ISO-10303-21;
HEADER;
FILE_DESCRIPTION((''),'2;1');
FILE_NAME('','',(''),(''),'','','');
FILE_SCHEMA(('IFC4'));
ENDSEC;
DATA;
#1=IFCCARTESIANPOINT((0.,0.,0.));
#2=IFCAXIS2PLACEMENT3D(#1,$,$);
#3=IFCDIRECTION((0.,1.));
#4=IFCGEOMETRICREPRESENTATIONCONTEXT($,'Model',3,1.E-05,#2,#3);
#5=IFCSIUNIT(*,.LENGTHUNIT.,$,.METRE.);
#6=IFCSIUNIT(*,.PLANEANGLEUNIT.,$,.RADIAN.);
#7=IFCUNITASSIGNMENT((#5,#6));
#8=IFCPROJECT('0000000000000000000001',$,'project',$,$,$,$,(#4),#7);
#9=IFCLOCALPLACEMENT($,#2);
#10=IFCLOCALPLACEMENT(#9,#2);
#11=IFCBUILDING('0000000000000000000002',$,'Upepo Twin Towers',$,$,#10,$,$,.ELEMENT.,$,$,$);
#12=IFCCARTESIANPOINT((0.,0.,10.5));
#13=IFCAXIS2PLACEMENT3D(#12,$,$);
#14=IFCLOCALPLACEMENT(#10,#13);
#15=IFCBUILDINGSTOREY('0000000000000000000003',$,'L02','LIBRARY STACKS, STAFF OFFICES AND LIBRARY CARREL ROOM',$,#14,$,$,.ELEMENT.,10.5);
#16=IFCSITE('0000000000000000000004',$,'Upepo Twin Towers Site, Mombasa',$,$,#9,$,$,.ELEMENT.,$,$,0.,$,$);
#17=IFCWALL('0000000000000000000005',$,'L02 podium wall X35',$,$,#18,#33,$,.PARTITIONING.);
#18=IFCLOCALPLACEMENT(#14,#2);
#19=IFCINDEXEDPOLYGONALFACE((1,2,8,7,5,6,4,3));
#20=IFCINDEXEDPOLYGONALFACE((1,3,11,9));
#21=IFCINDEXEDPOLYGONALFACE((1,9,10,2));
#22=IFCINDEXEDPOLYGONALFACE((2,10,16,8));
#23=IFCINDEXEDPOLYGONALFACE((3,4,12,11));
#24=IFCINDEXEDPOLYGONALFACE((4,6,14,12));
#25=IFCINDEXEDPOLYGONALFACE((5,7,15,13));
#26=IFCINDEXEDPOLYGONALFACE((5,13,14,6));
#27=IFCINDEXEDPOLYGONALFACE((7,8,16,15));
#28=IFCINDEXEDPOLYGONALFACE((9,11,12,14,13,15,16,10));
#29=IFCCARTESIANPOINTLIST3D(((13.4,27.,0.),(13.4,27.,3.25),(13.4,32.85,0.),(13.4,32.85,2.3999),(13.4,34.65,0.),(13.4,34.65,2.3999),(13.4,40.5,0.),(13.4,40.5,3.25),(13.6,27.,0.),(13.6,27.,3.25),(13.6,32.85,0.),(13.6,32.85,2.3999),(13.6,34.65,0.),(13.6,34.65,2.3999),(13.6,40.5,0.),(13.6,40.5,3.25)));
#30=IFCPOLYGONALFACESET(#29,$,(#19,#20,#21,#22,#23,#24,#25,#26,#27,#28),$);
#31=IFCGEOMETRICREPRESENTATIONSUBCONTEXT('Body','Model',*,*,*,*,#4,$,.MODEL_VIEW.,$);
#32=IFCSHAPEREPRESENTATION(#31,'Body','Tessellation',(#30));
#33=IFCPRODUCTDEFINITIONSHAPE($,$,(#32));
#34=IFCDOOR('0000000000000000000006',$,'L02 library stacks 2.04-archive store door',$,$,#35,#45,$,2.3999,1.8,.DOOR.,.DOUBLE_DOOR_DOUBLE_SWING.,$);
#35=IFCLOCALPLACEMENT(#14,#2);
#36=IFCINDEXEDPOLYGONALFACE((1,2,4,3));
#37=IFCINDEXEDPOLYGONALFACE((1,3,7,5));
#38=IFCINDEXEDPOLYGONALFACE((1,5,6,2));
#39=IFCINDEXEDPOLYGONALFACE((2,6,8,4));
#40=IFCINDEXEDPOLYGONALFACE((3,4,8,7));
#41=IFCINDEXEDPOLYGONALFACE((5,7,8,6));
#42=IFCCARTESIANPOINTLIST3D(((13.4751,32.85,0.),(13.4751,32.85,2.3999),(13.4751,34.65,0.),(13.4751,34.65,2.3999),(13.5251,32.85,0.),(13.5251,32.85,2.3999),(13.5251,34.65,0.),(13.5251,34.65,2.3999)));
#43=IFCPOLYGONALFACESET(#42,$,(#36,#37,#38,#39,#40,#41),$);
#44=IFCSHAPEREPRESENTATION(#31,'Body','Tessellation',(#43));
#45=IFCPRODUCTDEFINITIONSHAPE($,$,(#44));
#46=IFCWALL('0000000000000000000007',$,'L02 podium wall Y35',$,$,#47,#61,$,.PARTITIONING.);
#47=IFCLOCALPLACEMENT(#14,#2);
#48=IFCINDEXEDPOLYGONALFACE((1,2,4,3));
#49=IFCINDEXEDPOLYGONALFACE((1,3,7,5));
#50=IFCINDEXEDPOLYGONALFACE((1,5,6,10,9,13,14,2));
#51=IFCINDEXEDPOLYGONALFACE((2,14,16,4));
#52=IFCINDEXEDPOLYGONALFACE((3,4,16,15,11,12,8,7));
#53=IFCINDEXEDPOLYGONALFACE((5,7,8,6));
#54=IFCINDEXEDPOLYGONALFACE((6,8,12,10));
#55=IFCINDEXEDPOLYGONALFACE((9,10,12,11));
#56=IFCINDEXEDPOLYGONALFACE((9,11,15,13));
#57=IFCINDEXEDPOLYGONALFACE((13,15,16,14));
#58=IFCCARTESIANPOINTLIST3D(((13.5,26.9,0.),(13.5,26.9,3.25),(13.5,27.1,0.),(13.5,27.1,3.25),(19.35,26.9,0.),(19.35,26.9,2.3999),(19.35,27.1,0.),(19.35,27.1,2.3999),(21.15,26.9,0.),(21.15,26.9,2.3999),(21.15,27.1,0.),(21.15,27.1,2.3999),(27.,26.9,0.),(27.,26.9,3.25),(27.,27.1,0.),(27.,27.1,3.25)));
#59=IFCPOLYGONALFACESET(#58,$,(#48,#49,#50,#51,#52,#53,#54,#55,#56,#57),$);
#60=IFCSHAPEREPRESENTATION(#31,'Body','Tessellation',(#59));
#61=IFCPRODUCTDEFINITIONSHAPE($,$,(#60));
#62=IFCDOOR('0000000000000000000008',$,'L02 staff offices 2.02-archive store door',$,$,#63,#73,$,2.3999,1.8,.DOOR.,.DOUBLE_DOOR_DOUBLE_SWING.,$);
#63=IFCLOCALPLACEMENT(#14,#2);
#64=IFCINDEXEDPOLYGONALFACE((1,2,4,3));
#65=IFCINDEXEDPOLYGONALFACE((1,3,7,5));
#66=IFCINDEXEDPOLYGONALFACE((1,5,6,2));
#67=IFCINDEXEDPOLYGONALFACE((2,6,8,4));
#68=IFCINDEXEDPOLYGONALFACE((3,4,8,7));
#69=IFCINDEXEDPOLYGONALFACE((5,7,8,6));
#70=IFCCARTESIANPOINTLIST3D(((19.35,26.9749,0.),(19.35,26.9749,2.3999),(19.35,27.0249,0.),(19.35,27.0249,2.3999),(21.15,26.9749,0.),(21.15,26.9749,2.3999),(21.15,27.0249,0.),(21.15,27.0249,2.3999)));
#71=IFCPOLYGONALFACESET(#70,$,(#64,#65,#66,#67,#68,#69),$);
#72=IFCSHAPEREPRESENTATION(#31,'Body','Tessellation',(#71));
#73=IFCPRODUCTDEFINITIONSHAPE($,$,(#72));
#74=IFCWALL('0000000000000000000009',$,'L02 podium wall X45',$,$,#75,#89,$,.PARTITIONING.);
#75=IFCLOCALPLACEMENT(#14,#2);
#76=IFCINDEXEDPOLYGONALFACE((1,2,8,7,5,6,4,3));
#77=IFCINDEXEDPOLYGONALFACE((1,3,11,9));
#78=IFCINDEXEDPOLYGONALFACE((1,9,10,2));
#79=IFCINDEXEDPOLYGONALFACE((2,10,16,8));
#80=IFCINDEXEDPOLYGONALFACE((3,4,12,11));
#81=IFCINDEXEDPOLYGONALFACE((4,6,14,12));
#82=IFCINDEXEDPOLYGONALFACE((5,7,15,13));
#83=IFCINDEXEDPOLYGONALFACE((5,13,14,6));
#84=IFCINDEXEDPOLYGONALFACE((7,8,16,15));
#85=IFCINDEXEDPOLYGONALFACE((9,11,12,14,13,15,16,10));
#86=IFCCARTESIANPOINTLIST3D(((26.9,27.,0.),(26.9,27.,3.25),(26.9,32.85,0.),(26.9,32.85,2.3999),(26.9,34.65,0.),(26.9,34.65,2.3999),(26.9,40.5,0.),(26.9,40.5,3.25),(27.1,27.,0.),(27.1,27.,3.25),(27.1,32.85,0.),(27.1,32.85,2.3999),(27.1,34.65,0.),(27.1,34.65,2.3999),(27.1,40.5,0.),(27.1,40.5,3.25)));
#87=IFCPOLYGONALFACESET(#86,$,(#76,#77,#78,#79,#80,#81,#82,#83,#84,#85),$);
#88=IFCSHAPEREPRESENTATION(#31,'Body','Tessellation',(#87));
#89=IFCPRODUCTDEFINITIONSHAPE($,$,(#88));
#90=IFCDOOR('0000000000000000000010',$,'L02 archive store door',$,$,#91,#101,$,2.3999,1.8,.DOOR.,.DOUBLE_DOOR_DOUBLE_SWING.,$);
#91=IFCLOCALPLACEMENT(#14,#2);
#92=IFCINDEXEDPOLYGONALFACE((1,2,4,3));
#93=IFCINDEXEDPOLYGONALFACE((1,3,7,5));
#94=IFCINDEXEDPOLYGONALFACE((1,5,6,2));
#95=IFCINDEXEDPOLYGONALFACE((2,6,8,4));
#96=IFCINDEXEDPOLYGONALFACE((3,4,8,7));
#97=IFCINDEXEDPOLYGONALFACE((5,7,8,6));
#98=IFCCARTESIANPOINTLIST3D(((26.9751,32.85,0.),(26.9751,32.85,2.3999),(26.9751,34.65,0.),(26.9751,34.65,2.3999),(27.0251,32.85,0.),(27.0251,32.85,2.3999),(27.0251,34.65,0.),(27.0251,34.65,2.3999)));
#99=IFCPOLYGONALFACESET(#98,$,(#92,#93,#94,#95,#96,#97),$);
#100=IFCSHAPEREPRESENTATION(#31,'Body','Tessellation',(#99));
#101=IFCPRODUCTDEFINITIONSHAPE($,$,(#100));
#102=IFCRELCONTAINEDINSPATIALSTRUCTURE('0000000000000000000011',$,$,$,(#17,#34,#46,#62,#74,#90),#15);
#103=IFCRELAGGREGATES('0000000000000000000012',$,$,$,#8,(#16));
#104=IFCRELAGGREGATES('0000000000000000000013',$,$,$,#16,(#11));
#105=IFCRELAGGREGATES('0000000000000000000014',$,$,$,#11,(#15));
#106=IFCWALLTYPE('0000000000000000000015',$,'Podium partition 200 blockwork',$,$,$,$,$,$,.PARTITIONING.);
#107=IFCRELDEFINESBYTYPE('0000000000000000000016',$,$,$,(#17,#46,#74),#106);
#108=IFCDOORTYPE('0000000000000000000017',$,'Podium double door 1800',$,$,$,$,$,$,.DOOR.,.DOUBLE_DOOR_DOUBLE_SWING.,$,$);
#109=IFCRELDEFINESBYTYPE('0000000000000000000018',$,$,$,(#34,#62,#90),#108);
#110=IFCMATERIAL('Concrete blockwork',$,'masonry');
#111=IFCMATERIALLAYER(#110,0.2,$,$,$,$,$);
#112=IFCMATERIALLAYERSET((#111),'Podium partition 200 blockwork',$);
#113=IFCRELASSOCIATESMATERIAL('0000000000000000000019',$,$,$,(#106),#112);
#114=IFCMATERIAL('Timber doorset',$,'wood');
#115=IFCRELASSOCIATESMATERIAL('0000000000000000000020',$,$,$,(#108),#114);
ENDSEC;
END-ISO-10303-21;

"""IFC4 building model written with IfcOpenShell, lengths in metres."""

from ifc_helpers import new_model, si_unit, direction, frame, frame_2d, origin, place, context, subcontext, project, spatial, rectangle, extrude, material, layer, layer_set, type_object, element, fill, save


model = new_model("IFC4")

# Units and contexts
model_context = context("Model", 3, precision=1e-05, world=origin(), true_north=direction((0.0, 1.0)))
body_context = subcontext(model_context, "Body", "Model", "MODEL_VIEW")
ifc_project = project(units=[si_unit("LENGTHUNIT", "METRE"), si_unit("PLANEANGLEUNIT", "RADIAN")], contexts=[model_context])

# Site, building, storey
site_placement = place(None, origin())
site = spatial("IfcSite", under=ifc_project, at=site_placement, Name="Upepo Twin Towers Site, Mombasa", CompositionType="ELEMENT", RefElevation=0.0)
building_placement = place(site_placement, origin())
building = spatial("IfcBuilding", under=site, at=building_placement, Name="Upepo Twin Towers", CompositionType="ELEMENT")
storey_placement = place(building_placement, frame((0.0, 0.0, 10.5)))
storey = spatial("IfcBuildingStorey", under=building, at=storey_placement, Name="L02", Description="LIBRARY STACKS, STAFF OFFICES AND LIBRARY CARREL ROOM", CompositionType="ELEMENT", Elevation=10.5)

# Walls, openings, doors
ifc_material_1 = material(Name="Concrete blockwork", Category="masonry")
ifc_layer_1 = layer(ifc_material_1, 0.2)
ifc_layer_set_1 = layer_set([ifc_layer_1], Name="Podium partition 200 blockwork")
wall_type = type_object("IfcWallType", Name="Podium partition 200 blockwork", PredefinedType="PARTITIONING", material=ifc_layer_set_1)
wall_1_placement = place(storey_placement, frame((13.5, 27.0, 0.0), z_axis=(0.0, 0.0, 1.0), x_axis=(0.0, 1.0, 0.0)))
wall_1 = element("IfcWall", 1, at=wall_1_placement, inside=storey, type_object=wall_type, Name="L02 podium wall X35", PredefinedType="PARTITIONING", context=body_context, shape_type="SweptSolid", body=[
    extrude(rectangle(XDim=13.5, YDim=0.2, at=frame_2d((6.75, 0.0))), origin(), (0.0, 0.0, 1.0), 3.25),
])
opening_1_placement = place(wall_1_placement, frame((5.8501, 0.0, 0.0)))
opening_1 = element("IfcOpeningElement", 2, at=opening_1_placement, cuts=wall_1, PredefinedType="OPENING", context=body_context, shape_type="SweptSolid", body=[
    extrude(rectangle(XDim=1.8, YDim=2.3999, at=frame_2d((0.8999, 1.2))), frame((0.0, 0.1099, 0.0), z_axis=(0.0, -1.0, 0.0), x_axis=(1.0, 0.0, 0.0)), (0.0, 0.0, 1.0), 0.22),
])
ifc_material_2 = material(Name="Timber doorset", Category="wood")
door_type = type_object("IfcDoorType", Name="Podium double door 1800", OperationType="DOUBLE_DOOR_DOUBLE_SWING", PredefinedType="DOOR", material=ifc_material_2)
door_1_placement = place(opening_1_placement, origin())
door_1 = element("IfcDoor", 3, at=door_1_placement, inside=storey, type_object=door_type, Name="L02 library stacks 2.04-archive store door", OperationType="DOUBLE_DOOR_DOUBLE_SWING", OverallHeight=2.3999, OverallWidth=1.8, PredefinedType="DOOR", context=body_context, shape_type="SweptSolid", body=[
    extrude(rectangle(XDim=1.8, YDim=2.3999, at=frame_2d((0.8999, 1.2))), frame((0.0, 0.0249, 0.0), z_axis=(0.0, -1.0, 0.0), x_axis=(1.0, 0.0, 0.0)), (0.0, 0.0, 1.0), 0.05),
])
fill(opening_1, door_1)
wall_2_placement = place(storey_placement, frame((13.5, 27.0, 0.0), z_axis=(0.0, 0.0, 1.0), x_axis=(1.0, 0.0, 0.0)))
wall_2 = element("IfcWall", 4, at=wall_2_placement, inside=storey, type_object=wall_type, Name="L02 podium wall Y35", PredefinedType="PARTITIONING", context=body_context, shape_type="SweptSolid", body=[
    extrude(rectangle(XDim=13.5, YDim=0.2, at=frame_2d((6.75, 0.0))), origin(), (0.0, 0.0, 1.0), 3.25),
])
opening_2_placement = place(wall_2_placement, frame((5.8501, 0.0, 0.0)))
opening_2 = element("IfcOpeningElement", 5, at=opening_2_placement, cuts=wall_2, PredefinedType="OPENING", context=body_context, shape_type="SweptSolid", body=[
    extrude(rectangle(XDim=1.8, YDim=2.3999, at=frame_2d((0.8999, 1.2))), frame((0.0, 0.1099, 0.0), z_axis=(0.0, -1.0, 0.0), x_axis=(1.0, 0.0, 0.0)), (0.0, 0.0, 1.0), 0.22),
])
door_2_placement = place(opening_2_placement, origin())
door_2 = element("IfcDoor", 6, at=door_2_placement, inside=storey, type_object=door_type, Name="L02 staff offices 2.02-archive store door", OperationType="DOUBLE_DOOR_DOUBLE_SWING", OverallHeight=2.3999, OverallWidth=1.8, PredefinedType="DOOR", context=body_context, shape_type="SweptSolid", body=[
    extrude(rectangle(XDim=1.8, YDim=2.3999, at=frame_2d((0.8999, 1.2))), frame((0.0, 0.0249, 0.0), z_axis=(0.0, -1.0, 0.0), x_axis=(1.0, 0.0, 0.0)), (0.0, 0.0, 1.0), 0.05),
])
fill(opening_2, door_2)
wall_3_placement = place(storey_placement, frame((27.0, 27.0, 0.0), z_axis=(0.0, 0.0, 1.0), x_axis=(0.0, 1.0, 0.0)))
wall_3 = element("IfcWall", 7, at=wall_3_placement, inside=storey, type_object=wall_type, Name="L02 podium wall X45", PredefinedType="PARTITIONING", context=body_context, shape_type="SweptSolid", body=[
    extrude(rectangle(XDim=13.5, YDim=0.2, at=frame_2d((6.75, 0.0))), origin(), (0.0, 0.0, 1.0), 3.25),
])
opening_3_placement = place(wall_3_placement, frame((5.8501, 0.0, 0.0)))
opening_3 = element("IfcOpeningElement", 8, at=opening_3_placement, cuts=wall_3, PredefinedType="OPENING", context=body_context, shape_type="SweptSolid", body=[
    extrude(rectangle(XDim=1.8, YDim=2.3999, at=frame_2d((0.8999, 1.2))), frame((0.0, 0.1099, 0.0), z_axis=(0.0, -1.0, 0.0), x_axis=(1.0, 0.0, 0.0)), (0.0, 0.0, 1.0), 0.22),
])
door_3_placement = place(opening_3_placement, origin())
door_3 = element("IfcDoor", 9, at=door_3_placement, inside=storey, type_object=door_type, Name="L02 archive store door", OperationType="DOUBLE_DOOR_DOUBLE_SWING", OverallHeight=2.3999, OverallWidth=1.8, PredefinedType="DOOR", context=body_context, shape_type="SweptSolid", body=[
    extrude(rectangle(XDim=1.8, YDim=2.3999, at=frame_2d((0.8999, 1.2))), frame((0.0, 0.0249, 0.0), z_axis=(0.0, -1.0, 0.0), x_axis=(1.0, 0.0, 0.0)), (0.0, 0.0, 1.0), 0.05),
])
fill(opening_3, door_3)

save(model, "model.ifc")
